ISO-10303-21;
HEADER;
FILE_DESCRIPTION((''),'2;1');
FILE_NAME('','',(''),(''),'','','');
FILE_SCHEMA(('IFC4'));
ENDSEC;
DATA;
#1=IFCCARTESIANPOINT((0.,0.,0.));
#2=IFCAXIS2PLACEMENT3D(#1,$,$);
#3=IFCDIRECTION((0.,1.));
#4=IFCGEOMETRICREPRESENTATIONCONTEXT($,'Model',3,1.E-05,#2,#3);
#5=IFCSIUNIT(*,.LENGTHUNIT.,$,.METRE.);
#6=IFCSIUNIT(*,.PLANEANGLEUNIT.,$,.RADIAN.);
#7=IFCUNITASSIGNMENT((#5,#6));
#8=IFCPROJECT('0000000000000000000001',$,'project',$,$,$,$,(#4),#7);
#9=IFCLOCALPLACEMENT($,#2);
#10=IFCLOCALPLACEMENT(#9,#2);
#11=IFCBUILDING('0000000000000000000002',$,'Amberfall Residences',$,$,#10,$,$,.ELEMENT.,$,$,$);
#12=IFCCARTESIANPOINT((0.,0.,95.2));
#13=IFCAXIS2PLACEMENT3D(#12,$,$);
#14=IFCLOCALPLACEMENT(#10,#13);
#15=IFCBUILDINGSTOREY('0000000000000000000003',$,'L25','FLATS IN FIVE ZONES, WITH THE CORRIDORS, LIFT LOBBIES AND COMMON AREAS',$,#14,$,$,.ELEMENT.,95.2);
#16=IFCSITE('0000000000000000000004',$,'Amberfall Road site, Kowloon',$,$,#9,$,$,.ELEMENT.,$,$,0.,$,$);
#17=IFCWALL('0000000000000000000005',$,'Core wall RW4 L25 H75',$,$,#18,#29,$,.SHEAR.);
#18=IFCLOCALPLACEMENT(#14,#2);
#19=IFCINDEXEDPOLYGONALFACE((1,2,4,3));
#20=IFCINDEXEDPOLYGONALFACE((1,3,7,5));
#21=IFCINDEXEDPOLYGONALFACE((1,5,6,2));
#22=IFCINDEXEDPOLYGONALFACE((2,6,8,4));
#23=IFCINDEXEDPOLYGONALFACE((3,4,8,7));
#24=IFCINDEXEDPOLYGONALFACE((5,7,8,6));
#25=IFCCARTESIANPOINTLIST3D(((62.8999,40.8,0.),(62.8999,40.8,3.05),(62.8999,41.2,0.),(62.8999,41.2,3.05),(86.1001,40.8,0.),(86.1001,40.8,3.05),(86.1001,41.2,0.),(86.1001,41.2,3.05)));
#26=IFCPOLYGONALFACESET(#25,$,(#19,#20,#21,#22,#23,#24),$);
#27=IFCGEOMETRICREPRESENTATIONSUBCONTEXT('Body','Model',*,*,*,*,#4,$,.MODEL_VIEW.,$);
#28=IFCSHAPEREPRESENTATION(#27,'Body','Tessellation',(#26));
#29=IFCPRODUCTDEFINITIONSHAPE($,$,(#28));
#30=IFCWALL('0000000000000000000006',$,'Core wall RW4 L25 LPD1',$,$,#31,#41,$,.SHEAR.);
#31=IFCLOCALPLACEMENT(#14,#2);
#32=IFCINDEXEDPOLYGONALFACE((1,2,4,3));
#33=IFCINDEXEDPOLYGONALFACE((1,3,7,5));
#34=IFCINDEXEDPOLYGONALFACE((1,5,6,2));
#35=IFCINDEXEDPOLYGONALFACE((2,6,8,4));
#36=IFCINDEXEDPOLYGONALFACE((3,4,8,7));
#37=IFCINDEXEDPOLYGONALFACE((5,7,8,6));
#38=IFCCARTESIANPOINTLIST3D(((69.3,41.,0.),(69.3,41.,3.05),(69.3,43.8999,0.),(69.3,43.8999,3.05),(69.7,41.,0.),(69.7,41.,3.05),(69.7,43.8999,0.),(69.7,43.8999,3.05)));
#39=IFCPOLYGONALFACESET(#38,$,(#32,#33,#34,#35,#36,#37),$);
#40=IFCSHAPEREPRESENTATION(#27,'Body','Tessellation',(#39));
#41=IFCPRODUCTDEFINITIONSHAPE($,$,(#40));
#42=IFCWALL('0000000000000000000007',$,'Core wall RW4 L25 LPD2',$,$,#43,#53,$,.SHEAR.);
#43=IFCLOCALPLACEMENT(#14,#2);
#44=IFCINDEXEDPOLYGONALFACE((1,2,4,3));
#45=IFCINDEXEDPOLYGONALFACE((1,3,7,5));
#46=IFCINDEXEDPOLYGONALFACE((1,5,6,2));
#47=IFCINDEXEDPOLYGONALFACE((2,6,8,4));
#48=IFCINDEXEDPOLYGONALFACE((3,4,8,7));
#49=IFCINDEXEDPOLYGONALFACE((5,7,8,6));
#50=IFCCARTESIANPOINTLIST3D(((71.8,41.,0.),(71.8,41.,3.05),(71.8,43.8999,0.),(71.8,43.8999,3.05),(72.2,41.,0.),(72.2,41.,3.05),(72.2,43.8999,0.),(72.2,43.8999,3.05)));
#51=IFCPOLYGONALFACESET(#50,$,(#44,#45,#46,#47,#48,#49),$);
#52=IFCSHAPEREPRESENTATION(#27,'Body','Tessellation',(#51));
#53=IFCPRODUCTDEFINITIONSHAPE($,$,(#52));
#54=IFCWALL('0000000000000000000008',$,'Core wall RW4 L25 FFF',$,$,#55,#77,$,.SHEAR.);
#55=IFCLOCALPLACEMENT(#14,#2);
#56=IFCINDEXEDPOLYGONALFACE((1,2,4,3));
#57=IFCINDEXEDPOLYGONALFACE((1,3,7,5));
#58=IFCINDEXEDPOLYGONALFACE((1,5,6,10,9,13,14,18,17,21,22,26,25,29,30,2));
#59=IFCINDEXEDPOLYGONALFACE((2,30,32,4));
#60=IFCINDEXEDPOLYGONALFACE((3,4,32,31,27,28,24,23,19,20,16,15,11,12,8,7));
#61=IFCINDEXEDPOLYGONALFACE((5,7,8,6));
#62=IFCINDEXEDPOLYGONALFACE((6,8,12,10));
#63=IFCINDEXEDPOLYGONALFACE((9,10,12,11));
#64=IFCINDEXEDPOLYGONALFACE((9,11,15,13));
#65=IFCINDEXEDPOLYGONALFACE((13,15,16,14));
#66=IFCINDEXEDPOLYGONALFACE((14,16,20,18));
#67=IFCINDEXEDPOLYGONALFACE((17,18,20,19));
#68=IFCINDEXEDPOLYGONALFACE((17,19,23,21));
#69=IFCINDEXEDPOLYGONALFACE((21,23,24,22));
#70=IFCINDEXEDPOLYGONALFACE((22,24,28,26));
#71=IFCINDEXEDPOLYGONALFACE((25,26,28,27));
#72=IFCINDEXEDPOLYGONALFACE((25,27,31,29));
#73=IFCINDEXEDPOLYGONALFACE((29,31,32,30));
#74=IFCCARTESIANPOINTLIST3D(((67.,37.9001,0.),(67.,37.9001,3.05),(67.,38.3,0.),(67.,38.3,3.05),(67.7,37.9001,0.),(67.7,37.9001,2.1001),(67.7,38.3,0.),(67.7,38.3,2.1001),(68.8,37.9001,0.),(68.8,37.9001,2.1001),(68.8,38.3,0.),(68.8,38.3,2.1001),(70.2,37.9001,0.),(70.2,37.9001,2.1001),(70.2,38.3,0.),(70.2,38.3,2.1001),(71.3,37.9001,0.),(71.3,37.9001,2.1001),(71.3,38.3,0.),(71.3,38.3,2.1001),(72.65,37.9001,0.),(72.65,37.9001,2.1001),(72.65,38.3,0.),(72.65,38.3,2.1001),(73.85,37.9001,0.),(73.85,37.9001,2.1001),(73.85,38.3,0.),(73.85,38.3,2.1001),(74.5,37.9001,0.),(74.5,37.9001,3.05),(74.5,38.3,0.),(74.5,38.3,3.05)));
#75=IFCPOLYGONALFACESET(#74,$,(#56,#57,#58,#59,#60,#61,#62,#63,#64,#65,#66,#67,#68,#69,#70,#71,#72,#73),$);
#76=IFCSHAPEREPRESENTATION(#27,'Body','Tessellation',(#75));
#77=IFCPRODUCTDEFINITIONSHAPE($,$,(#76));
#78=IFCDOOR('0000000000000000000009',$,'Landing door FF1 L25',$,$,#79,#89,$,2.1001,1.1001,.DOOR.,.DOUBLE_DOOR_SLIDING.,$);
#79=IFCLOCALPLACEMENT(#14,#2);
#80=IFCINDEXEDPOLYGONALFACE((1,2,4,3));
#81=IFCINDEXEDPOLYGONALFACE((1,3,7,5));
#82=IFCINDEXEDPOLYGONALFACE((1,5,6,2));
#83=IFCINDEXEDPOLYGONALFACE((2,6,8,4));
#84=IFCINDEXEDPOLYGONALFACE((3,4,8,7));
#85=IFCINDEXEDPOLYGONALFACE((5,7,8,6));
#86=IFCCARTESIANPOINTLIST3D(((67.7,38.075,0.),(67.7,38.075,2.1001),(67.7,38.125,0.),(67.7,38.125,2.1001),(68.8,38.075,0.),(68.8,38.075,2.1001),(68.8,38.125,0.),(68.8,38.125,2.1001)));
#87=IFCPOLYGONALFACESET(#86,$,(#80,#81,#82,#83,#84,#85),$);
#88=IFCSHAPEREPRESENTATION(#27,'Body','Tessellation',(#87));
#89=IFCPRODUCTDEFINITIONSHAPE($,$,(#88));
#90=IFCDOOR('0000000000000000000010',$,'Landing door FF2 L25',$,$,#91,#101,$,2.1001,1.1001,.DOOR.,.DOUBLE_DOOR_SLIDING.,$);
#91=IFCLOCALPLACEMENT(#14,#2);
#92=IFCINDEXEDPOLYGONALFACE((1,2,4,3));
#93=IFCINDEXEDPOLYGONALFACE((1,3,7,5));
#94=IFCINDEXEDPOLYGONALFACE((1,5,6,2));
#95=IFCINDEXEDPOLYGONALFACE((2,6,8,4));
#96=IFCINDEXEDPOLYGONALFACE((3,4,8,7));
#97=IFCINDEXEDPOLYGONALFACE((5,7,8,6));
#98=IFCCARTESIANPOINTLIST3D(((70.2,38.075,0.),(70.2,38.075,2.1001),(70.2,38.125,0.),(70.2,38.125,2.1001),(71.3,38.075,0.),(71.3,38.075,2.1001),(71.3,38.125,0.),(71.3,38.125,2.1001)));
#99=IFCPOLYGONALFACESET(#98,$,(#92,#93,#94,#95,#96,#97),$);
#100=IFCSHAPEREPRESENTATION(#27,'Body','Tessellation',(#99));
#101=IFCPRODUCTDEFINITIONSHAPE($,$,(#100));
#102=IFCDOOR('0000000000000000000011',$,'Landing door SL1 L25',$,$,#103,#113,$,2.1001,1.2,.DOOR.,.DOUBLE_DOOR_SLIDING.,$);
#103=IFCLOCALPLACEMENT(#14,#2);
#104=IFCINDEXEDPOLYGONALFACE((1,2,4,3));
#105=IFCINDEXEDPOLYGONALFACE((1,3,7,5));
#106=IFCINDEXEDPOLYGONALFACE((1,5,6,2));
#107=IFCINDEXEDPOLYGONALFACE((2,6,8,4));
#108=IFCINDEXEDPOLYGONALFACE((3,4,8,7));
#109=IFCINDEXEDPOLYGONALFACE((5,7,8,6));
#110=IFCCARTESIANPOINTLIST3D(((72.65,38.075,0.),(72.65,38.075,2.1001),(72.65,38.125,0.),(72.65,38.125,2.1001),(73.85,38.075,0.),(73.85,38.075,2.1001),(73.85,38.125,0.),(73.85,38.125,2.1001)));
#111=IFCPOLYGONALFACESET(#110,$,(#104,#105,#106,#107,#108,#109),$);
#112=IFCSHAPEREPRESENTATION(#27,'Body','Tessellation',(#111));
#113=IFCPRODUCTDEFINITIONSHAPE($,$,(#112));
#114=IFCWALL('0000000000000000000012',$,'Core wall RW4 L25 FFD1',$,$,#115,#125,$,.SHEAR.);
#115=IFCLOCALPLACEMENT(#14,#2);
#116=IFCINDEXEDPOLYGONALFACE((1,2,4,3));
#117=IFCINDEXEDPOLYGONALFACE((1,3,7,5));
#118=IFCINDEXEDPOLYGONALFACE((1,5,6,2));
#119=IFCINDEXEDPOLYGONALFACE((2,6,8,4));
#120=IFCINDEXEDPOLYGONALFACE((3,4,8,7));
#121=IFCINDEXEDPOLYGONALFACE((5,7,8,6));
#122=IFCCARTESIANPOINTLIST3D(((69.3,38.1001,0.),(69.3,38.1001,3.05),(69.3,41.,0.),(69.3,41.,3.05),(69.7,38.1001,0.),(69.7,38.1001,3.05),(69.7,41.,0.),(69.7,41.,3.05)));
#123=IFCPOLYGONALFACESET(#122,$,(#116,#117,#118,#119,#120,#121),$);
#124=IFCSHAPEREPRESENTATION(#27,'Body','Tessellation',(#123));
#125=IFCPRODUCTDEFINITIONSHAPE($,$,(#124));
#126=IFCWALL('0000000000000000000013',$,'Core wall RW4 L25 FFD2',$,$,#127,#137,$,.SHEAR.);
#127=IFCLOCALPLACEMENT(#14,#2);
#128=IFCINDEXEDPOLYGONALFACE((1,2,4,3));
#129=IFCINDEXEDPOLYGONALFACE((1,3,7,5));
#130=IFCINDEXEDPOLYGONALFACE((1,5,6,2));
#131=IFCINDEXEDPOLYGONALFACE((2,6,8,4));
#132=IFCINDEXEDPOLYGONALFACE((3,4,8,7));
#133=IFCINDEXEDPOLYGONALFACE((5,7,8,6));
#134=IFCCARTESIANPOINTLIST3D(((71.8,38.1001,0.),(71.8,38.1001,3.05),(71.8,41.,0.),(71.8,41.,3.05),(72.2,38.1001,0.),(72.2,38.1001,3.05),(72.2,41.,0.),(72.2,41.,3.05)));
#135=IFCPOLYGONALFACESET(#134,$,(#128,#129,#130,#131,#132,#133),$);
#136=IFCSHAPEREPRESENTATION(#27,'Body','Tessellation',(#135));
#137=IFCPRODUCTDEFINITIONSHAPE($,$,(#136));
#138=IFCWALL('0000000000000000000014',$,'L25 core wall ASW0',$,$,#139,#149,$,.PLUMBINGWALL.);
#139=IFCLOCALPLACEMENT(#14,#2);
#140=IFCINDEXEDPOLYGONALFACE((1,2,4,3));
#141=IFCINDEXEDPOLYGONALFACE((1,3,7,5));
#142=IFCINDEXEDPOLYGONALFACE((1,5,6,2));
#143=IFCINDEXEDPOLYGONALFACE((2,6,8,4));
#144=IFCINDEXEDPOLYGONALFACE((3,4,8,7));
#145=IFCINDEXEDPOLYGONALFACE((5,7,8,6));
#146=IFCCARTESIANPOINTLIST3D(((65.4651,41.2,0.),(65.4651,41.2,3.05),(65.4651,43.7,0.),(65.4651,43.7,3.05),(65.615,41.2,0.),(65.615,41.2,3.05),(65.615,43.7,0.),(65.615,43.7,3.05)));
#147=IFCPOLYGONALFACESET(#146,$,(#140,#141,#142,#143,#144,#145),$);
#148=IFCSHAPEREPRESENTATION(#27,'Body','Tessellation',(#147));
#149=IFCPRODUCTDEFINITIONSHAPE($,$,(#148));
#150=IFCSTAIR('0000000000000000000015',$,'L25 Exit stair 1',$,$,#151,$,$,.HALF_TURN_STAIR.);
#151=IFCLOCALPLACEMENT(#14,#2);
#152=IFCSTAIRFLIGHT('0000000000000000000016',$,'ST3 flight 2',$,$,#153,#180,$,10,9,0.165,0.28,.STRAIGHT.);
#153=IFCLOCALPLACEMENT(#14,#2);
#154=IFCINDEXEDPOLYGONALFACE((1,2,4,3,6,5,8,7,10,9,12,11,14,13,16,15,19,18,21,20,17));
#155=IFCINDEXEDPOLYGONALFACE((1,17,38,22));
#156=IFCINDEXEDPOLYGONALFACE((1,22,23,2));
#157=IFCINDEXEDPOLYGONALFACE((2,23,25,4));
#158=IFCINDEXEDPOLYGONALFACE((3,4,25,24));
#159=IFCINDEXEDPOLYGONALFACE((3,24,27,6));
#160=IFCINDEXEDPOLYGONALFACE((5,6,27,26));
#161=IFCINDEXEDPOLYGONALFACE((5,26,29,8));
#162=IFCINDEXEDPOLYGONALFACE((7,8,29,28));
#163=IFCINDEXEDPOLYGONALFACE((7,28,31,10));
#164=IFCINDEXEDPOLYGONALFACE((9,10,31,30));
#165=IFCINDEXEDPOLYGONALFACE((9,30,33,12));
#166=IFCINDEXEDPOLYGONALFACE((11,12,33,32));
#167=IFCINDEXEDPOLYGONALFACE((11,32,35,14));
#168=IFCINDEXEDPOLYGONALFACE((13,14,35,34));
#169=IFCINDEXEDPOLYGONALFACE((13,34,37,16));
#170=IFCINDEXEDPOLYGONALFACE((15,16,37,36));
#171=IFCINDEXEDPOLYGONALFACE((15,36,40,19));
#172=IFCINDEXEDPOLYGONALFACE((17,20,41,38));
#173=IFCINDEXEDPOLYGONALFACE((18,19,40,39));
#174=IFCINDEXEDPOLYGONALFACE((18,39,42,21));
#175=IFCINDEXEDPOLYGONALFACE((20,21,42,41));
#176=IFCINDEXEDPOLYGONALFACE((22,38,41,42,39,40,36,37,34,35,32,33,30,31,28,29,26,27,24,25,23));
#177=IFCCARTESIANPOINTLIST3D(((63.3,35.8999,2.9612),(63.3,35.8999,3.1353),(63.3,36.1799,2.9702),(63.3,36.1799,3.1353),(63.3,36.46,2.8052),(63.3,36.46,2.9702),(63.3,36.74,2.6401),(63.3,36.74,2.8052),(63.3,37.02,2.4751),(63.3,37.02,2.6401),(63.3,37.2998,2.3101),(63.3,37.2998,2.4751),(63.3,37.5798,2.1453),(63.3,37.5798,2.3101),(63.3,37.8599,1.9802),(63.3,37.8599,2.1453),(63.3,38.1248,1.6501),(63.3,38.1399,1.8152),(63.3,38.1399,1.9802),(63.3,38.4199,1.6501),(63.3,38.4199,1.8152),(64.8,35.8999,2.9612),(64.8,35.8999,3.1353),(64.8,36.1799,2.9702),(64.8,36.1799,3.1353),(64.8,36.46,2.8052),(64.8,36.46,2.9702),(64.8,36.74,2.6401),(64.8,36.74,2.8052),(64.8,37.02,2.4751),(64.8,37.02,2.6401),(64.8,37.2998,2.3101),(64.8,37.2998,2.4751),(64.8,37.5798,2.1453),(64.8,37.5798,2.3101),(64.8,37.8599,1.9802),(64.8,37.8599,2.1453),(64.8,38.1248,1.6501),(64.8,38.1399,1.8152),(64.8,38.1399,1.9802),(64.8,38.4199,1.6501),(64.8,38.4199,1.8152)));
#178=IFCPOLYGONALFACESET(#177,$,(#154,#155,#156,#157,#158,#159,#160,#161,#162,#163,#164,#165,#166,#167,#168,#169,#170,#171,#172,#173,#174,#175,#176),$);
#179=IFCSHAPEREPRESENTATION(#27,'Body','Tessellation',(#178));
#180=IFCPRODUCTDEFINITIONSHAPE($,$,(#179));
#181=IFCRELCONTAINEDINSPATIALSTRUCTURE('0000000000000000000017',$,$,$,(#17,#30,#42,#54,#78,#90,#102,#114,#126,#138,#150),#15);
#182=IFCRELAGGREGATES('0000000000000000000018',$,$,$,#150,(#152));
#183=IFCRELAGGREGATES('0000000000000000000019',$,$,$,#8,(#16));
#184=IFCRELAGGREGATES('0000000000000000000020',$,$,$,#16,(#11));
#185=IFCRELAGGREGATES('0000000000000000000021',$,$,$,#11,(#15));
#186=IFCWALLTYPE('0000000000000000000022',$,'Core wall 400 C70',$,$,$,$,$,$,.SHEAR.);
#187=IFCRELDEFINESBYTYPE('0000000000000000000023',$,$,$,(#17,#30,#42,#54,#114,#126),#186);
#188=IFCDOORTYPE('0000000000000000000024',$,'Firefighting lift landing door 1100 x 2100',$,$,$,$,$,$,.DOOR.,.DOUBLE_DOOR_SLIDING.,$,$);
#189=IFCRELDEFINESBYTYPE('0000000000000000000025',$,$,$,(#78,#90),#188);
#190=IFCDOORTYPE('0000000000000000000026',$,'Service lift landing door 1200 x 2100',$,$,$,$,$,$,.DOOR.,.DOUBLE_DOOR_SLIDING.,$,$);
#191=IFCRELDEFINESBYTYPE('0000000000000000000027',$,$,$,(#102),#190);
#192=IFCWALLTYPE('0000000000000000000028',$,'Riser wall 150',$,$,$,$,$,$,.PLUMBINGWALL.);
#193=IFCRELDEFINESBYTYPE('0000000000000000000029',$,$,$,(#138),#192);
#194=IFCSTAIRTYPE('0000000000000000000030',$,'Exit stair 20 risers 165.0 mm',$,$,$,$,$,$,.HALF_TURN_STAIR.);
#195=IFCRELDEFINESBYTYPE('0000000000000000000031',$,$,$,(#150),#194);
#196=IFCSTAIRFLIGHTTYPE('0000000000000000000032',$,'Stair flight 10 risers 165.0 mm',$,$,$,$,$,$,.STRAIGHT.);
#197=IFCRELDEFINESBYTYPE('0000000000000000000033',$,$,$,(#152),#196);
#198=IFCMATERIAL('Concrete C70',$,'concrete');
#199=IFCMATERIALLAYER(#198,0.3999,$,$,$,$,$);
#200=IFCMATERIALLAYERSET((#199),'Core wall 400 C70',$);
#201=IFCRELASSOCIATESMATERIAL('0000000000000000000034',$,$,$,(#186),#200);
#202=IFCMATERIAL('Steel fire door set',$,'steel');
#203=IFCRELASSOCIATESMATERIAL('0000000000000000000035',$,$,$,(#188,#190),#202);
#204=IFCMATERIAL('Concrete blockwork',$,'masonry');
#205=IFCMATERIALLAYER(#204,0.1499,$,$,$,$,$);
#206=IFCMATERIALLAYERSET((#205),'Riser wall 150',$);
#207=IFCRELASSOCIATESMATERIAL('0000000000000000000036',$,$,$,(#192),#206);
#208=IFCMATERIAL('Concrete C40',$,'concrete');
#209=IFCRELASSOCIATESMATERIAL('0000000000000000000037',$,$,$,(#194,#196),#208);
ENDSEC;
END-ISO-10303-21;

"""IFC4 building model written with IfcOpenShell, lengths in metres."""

from ifc_helpers import new_model, si_unit, direction, frame, frame_2d, origin, place, context, subcontext, project, spatial, polyline, rectangle, outline, extrude, material, layer, layer_set, type_object, element, fill, aggregate, save


model = new_model("IFC4")

# Units and contexts
model_context = context("Model", 3, precision=1e-05, world=origin(), true_north=direction((0.0, 1.0)))
body_context = subcontext(model_context, "Body", "Model", "MODEL_VIEW")
ifc_project = project(units=[si_unit("LENGTHUNIT", "METRE"), si_unit("PLANEANGLEUNIT", "RADIAN")], contexts=[model_context])

# Site, building, storey
site_placement = place(None, origin())
site = spatial("IfcSite", under=ifc_project, at=site_placement, Name="Amberfall Road site, Kowloon", CompositionType="ELEMENT", RefElevation=0.0)
building_placement = place(site_placement, origin())
building = spatial("IfcBuilding", under=site, at=building_placement, Name="Amberfall Residences", CompositionType="ELEMENT")
storey_placement = place(building_placement, frame((0.0, 0.0, 95.2)))
storey = spatial("IfcBuildingStorey", under=building, at=storey_placement, Name="L25", Description="FLATS IN FIVE ZONES, WITH THE CORRIDORS, LIFT LOBBIES AND COMMON AREAS", CompositionType="ELEMENT", Elevation=95.2)

# Wall
ifc_material_1 = material(Name="Concrete C70", Category="concrete")
ifc_layer_1 = layer(ifc_material_1, 0.3999)
ifc_layer_set_1 = layer_set([ifc_layer_1], Name="Core wall 400 C70")
wall_type_1 = type_object("IfcWallType", Name="Core wall 400 C70", PredefinedType="SHEAR", material=ifc_layer_set_1)
wall_1_placement = place(storey_placement, frame((62.8999, 41.0, 0.0), z_axis=(0.0, 0.0, 1.0), x_axis=(1.0, 0.0, 0.0)))
element("IfcWall", 1, at=wall_1_placement, inside=storey, type_object=wall_type_1, Name="Core wall RW4 L25 H75", PredefinedType="SHEAR", context=body_context, shape_type="SweptSolid", body=[
    extrude(rectangle(XDim=23.2002, YDim=0.3999, at=frame_2d((11.6001, 0.0))), origin(), (0.0, 0.0, 1.0), 3.05),
])

# Shared definitions
ifc_material_2 = material(Name="Steel fire door set", Category="steel")

# Walls
for number, where, z_axis, x_axis, name in (
    (2, (69.5, 41.0, 0.0), (0.0, 0.0, 1.0), (0.0, 1.0, 0.0), "Core wall RW4 L25 LPD1"),
    (3, (72.0, 41.0, 0.0), (0.0, 0.0, 1.0), (0.0, 1.0, 0.0), "Core wall RW4 L25 LPD2"),
):
    element("IfcWall", number, at=place(storey_placement, frame(where, z_axis=z_axis, x_axis=x_axis)), inside=storey, type_object=wall_type_1, Name=name, PredefinedType="SHEAR", context=body_context, shape_type="SweptSolid", body=[
        extrude(rectangle(XDim=2.8999, YDim=0.3999, at=frame_2d((1.45, 0.0))), origin(), (0.0, 0.0, 1.0), 3.05),
    ])

# Wall, openings, doors
wall_2_placement = place(storey_placement, frame((67.0, 38.1001, 0.0), z_axis=(0.0, 0.0, 1.0), x_axis=(1.0, 0.0, 0.0)))
wall_2 = element("IfcWall", 4, at=wall_2_placement, inside=storey, type_object=wall_type_1, Name="Core wall RW4 L25 FFF", PredefinedType="SHEAR", context=body_context, shape_type="SweptSolid", body=[
    extrude(rectangle(XDim=7.5, YDim=0.3999, at=frame_2d((3.75, 0.0))), origin(), (0.0, 0.0, 1.0), 3.05),
])
opening_1_placement = place(wall_2_placement, frame((0.7, 0.0, 0.0)))
opening_1 = element("IfcOpeningElement", 5, at=opening_1_placement, cuts=wall_2, PredefinedType="OPENING", context=body_context, shape_type="SweptSolid", body=[
    extrude(rectangle(XDim=1.1001, YDim=2.1001, at=frame_2d((0.55, 1.05))), frame((0.0, 0.21, 0.0), z_axis=(0.0, -1.0, 0.0), x_axis=(1.0, 0.0, 0.0)), (0.0, 0.0, 1.0), 0.4199),
])
opening_2_placement = place(wall_2_placement, frame((3.2, 0.0, 0.0)))
opening_2 = element("IfcOpeningElement", 6, at=opening_2_placement, cuts=wall_2, PredefinedType="OPENING", context=body_context, shape_type="SweptSolid", body=[
    extrude(rectangle(XDim=1.1001, YDim=2.1001, at=frame_2d((0.55, 1.05))), frame((0.0, 0.21, 0.0), z_axis=(0.0, -1.0, 0.0), x_axis=(1.0, 0.0, 0.0)), (0.0, 0.0, 1.0), 0.4199),
])
opening_3_placement = place(wall_2_placement, frame((5.6499, 0.0, 0.0)))
opening_3 = element("IfcOpeningElement", 7, at=opening_3_placement, cuts=wall_2, PredefinedType="OPENING", context=body_context, shape_type="SweptSolid", body=[
    extrude(rectangle(XDim=1.2, YDim=2.1001, at=frame_2d((0.6001, 1.05))), frame((0.0, 0.21, 0.0), z_axis=(0.0, -1.0, 0.0), x_axis=(1.0, 0.0, 0.0)), (0.0, 0.0, 1.0), 0.4199),
])
door_type_1 = type_object("IfcDoorType", Name="Firefighting lift landing door 1100 x 2100", OperationType="DOUBLE_DOOR_SLIDING", PredefinedType="DOOR", material=ifc_material_2)
door_1_placement = place(opening_1_placement, origin())
door_1 = element("IfcDoor", 8, at=door_1_placement, inside=storey, type_object=door_type_1, Name="Landing door FF1 L25", OperationType="DOUBLE_DOOR_SLIDING", OverallHeight=2.1001, OverallWidth=1.1001, PredefinedType="DOOR", context=body_context, shape_type="SweptSolid", body=[
    extrude(rectangle(XDim=1.1001, YDim=2.1001, at=frame_2d((0.55, 1.05))), frame((0.0, 0.0249, 0.0), z_axis=(0.0, -1.0, 0.0), x_axis=(1.0, 0.0, 0.0)), (0.0, 0.0, 1.0), 0.05),
])
fill(opening_1, door_1)
door_2_placement = place(opening_2_placement, origin())
door_2 = element("IfcDoor", 9, at=door_2_placement, inside=storey, type_object=door_type_1, Name="Landing door FF2 L25", OperationType="DOUBLE_DOOR_SLIDING", OverallHeight=2.1001, OverallWidth=1.1001, PredefinedType="DOOR", context=body_context, shape_type="SweptSolid", body=[
    extrude(rectangle(XDim=1.1001, YDim=2.1001, at=frame_2d((0.55, 1.05))), frame((0.0, 0.0249, 0.0), z_axis=(0.0, -1.0, 0.0), x_axis=(1.0, 0.0, 0.0)), (0.0, 0.0, 1.0), 0.05),
])
fill(opening_2, door_2)
door_type_2 = type_object("IfcDoorType", Name="Service lift landing door 1200 x 2100", OperationType="DOUBLE_DOOR_SLIDING", PredefinedType="DOOR", material=ifc_material_2)
door_3_placement = place(opening_3_placement, origin())
door_3 = element("IfcDoor", 10, at=door_3_placement, inside=storey, type_object=door_type_2, Name="Landing door SL1 L25", OperationType="DOUBLE_DOOR_SLIDING", OverallHeight=2.1001, OverallWidth=1.2, PredefinedType="DOOR", context=body_context, shape_type="SweptSolid", body=[
    extrude(rectangle(XDim=1.2, YDim=2.1001, at=frame_2d((0.6001, 1.05))), frame((0.0, 0.0249, 0.0), z_axis=(0.0, -1.0, 0.0), x_axis=(1.0, 0.0, 0.0)), (0.0, 0.0, 1.0), 0.05),
])
fill(opening_3, door_3)

# Walls
for number, where, z_axis, x_axis, name in (
    (11, (69.5, 38.1001, 0.0), (0.0, 0.0, 1.0), (0.0, 1.0, 0.0), "Core wall RW4 L25 FFD1"),
    (12, (72.0, 38.1001, 0.0), (0.0, 0.0, 1.0), (0.0, 1.0, 0.0), "Core wall RW4 L25 FFD2"),
):
    element("IfcWall", number, at=place(storey_placement, frame(where, z_axis=z_axis, x_axis=x_axis)), inside=storey, type_object=wall_type_1, Name=name, PredefinedType="SHEAR", context=body_context, shape_type="SweptSolid", body=[
        extrude(rectangle(XDim=2.8999, YDim=0.3999, at=frame_2d((1.45, 0.0))), origin(), (0.0, 0.0, 1.0), 3.05),
    ])
ifc_material_3 = material(Name="Concrete blockwork", Category="masonry")
ifc_layer_2 = layer(ifc_material_3, 0.1499)
ifc_layer_set_2 = layer_set([ifc_layer_2], Name="Riser wall 150")
wall_type_2 = type_object("IfcWallType", Name="Riser wall 150", PredefinedType="PLUMBINGWALL", material=ifc_layer_set_2)
wall_3_placement = place(storey_placement, frame((65.54, 41.2, 0.0), z_axis=(0.0, 0.0, 1.0), x_axis=(0.0, 1.0, 0.0)))
element("IfcWall", 13, at=wall_3_placement, inside=storey, type_object=wall_type_2, Name="L25 core wall ASW0", PredefinedType="PLUMBINGWALL", context=body_context, shape_type="SweptSolid", body=[
    extrude(rectangle(XDim=2.5, YDim=0.1499, at=frame_2d((1.25, 0.0))), origin(), (0.0, 0.0, 1.0), 3.05),
])

# Stair, stair flight
ifc_material_4 = material(Name="Concrete C40", Category="concrete")
stair_type = type_object("IfcStairType", Name="Exit stair 20 risers 165.0 mm", PredefinedType="HALF_TURN_STAIR", material=ifc_material_4)
stair_placement = place(storey_placement, origin())
stair = element("IfcStair", 14, at=stair_placement, inside=storey, type_object=stair_type, Name="L25 Exit stair 1", PredefinedType="HALF_TURN_STAIR")
stair_flight_type = type_object("IfcStairFlightType", Name="Stair flight 10 risers 165.0 mm", PredefinedType="STRAIGHT", material=ifc_material_4)
stair_flight_placement = place(storey_placement, frame((64.05, 38.4199, 1.6501), z_axis=(0.0, 0.0, 1.0), x_axis=(0.0, -1.0, 0.0)))
stair_flight = element("IfcStairFlight", 15, at=stair_flight_placement, type_object=stair_flight_type, Name="ST3 flight 2", NumberOfRisers=10, NumberOfTreads=9, PredefinedType="STRAIGHT", RiserHeight=0.165, TreadLength=0.28, context=body_context, shape_type="SweptSolid", body=[
    extrude(outline(polyline([(0.0, 0.0), (0.0, 0.165), (0.28, 0.165), (0.28, 0.3301), (0.5601, 0.3301), (0.5601, 0.4951), (0.8401, 0.4951), (0.8401, 0.6599), (1.1201, 0.6599), (1.1201, 0.825), (1.3999, 0.825), (1.3999, 0.99), (1.6799, 0.99), (1.6799, 1.155), (1.96, 1.155), (1.96, 1.3201), (2.24, 1.3201), (2.24, 1.4851), (2.52, 1.4851), (2.52, 1.6499), (2.52, 1.311), (0.2952, 0.0), (0.0, 0.0)])), frame((0.0, 0.75, 0.0), z_axis=(0.0, -1.0, 0.0), x_axis=(1.0, 0.0, 0.0)), (0.0, 0.0, 1.0), 1.5),
])
aggregate(stair, [stair_flight])

save(model, "model.ifc")
